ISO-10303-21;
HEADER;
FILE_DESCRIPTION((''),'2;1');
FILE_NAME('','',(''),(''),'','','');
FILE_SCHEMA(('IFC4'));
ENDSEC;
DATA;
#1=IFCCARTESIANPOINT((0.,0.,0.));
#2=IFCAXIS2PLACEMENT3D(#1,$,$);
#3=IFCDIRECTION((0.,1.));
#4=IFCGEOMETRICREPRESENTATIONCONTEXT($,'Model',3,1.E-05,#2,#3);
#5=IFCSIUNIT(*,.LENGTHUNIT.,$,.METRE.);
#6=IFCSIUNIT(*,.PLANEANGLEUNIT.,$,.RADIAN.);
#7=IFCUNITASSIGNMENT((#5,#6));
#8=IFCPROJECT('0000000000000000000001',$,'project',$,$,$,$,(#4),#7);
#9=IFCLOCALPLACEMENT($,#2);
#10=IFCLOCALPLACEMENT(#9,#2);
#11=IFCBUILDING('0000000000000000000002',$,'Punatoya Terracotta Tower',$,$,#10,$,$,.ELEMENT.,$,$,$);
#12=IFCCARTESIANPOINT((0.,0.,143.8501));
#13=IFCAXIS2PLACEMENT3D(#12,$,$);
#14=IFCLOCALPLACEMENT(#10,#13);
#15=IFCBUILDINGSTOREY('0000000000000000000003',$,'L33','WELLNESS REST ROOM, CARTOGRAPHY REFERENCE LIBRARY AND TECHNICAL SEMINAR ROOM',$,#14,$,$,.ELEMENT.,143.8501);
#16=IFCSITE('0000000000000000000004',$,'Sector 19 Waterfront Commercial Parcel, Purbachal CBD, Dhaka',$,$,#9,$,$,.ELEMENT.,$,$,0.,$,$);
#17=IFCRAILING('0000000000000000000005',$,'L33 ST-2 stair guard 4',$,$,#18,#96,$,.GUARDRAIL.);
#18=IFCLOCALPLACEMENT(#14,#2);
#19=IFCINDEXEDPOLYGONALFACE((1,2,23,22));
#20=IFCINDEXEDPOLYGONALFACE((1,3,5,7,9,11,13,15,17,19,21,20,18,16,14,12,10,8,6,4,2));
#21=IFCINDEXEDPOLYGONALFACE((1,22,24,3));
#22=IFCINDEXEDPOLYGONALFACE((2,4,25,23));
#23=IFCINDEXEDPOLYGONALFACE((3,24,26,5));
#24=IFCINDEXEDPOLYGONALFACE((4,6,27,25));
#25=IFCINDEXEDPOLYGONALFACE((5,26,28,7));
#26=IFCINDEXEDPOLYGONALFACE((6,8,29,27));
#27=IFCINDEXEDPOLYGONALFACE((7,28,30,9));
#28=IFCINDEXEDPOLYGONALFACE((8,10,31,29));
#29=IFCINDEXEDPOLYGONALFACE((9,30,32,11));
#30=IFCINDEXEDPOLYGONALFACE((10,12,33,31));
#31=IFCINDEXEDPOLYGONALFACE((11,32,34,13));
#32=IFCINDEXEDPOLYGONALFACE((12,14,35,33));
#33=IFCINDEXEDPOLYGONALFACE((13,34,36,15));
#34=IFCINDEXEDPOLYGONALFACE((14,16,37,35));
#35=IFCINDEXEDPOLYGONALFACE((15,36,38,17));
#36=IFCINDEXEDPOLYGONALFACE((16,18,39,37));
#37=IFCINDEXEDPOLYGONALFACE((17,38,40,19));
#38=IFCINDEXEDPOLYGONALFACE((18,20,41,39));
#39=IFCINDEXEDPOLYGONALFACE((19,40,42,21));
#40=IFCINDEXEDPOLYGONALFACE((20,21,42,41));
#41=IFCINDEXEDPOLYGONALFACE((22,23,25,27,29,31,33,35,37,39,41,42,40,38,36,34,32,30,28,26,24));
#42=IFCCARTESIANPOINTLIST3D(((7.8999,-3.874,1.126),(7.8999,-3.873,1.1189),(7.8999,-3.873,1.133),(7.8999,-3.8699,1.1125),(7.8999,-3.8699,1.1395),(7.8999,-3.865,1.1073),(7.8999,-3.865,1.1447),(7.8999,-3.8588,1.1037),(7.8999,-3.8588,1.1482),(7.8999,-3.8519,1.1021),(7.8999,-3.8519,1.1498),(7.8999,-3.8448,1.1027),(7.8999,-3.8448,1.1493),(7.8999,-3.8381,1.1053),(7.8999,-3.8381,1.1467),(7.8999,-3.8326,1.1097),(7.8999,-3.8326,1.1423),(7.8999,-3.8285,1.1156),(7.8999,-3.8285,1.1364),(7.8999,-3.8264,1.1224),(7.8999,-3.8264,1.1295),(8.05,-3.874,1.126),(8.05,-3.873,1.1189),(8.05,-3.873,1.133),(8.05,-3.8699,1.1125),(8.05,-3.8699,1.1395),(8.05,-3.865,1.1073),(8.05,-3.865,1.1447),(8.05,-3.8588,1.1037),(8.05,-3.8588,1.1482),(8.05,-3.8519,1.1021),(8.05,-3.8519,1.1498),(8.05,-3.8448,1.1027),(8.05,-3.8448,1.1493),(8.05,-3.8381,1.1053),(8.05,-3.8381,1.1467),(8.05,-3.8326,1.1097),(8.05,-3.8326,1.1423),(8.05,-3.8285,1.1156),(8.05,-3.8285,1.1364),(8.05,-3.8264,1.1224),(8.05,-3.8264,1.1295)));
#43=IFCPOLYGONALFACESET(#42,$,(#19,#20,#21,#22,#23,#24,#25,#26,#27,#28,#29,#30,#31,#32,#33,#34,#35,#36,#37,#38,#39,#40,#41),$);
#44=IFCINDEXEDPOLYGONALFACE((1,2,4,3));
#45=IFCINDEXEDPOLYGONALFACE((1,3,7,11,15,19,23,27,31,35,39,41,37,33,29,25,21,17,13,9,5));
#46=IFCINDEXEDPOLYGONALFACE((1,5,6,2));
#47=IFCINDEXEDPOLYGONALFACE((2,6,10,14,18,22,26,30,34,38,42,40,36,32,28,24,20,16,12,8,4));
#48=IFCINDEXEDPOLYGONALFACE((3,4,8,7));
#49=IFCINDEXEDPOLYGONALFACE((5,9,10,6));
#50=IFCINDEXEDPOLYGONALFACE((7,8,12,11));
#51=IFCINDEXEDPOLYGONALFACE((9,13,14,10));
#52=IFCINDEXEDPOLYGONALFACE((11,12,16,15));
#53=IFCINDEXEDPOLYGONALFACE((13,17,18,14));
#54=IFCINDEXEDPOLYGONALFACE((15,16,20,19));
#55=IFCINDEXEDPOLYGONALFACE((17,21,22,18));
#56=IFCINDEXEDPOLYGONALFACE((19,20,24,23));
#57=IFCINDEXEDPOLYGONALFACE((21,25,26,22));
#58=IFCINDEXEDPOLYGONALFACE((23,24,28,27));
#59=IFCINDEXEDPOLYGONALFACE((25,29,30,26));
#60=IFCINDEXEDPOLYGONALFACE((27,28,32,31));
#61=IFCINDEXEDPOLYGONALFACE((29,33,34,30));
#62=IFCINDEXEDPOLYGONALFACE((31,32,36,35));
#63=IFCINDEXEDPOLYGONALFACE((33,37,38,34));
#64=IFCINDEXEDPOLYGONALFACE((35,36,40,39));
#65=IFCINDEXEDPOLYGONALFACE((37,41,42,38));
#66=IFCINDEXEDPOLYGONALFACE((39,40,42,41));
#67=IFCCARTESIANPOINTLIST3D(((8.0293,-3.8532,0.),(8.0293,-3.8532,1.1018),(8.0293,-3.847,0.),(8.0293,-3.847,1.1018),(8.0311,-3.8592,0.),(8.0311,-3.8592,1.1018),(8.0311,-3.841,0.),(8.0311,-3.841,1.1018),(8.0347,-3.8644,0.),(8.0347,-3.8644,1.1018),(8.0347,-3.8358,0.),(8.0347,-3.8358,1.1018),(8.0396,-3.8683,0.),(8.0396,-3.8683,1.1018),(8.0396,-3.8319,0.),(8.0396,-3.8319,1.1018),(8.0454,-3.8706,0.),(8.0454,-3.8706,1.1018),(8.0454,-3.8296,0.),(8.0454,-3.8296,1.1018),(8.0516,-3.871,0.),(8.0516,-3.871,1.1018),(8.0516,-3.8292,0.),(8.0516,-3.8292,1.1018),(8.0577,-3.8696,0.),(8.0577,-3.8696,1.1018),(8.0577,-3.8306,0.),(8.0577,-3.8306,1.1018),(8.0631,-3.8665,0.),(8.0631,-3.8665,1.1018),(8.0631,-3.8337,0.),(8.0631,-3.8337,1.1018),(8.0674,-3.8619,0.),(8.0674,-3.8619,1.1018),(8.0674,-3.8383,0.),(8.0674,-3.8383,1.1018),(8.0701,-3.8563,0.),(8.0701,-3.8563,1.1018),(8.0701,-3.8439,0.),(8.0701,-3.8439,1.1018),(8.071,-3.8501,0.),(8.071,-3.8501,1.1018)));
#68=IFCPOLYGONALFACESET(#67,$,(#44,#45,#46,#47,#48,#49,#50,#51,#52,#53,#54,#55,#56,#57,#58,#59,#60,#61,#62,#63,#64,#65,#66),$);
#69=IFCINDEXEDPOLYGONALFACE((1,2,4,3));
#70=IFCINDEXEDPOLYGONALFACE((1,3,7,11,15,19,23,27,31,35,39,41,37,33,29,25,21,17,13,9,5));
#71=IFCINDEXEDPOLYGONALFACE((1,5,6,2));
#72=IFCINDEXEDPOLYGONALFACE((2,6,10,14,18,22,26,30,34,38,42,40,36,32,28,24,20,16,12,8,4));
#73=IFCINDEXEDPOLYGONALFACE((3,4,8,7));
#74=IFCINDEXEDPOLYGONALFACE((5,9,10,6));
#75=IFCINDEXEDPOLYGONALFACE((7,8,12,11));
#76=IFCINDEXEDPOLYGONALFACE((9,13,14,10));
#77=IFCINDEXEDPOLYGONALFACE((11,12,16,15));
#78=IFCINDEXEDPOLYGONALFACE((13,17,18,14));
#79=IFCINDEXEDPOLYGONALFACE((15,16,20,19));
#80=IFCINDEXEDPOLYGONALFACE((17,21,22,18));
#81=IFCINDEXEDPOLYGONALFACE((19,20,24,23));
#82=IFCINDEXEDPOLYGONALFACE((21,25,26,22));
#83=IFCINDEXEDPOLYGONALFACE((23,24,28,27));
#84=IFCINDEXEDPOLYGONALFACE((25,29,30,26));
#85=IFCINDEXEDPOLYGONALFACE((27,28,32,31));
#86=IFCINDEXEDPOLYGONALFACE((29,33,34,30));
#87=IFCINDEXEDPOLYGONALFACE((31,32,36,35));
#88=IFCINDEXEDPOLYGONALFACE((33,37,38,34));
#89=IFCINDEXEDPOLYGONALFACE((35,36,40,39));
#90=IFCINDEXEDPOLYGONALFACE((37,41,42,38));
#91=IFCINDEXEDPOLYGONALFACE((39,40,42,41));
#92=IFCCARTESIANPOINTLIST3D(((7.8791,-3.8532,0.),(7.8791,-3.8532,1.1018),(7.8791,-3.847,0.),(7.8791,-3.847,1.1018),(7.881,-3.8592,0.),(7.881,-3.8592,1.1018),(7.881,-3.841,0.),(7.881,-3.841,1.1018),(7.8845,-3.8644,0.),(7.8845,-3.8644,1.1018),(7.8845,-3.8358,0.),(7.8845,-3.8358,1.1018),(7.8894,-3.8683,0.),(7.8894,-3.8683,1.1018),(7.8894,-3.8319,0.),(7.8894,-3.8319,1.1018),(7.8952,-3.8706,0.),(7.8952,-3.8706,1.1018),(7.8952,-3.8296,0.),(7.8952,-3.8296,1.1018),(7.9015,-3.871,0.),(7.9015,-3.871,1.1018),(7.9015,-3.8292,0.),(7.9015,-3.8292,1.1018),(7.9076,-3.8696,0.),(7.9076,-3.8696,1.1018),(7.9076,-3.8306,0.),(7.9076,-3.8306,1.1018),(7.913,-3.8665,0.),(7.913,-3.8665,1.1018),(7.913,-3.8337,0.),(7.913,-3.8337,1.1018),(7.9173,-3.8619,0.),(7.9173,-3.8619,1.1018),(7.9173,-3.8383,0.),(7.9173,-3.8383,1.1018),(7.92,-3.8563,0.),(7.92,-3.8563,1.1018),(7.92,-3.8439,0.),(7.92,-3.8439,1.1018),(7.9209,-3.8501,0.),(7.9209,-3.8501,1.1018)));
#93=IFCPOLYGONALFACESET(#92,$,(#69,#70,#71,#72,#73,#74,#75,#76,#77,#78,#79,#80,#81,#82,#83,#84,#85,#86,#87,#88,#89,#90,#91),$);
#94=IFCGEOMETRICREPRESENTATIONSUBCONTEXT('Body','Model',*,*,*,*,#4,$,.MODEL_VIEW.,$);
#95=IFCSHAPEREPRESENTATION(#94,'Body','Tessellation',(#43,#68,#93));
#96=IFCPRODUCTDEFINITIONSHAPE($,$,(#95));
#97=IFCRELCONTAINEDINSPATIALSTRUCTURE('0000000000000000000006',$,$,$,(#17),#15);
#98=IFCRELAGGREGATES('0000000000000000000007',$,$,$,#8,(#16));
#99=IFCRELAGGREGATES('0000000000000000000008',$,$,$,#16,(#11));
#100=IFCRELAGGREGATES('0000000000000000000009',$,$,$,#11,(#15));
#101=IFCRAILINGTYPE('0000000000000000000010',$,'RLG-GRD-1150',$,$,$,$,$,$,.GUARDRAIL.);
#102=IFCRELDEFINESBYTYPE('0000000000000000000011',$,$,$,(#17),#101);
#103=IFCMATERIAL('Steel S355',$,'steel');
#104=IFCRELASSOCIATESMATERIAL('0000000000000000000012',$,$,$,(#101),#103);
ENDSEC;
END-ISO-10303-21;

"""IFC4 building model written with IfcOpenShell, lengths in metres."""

from ifc_helpers import new_model, si_unit, direction, frame, origin, origin_2d, place, context, subcontext, project, spatial, circle, extrude, material, type_object, element, save


model = new_model("IFC4")

# Units and contexts
model_context = context("Model", 3, precision=1e-05, world=origin(), true_north=direction((0.0, 1.0)))
body_context = subcontext(model_context, "Body", "Model", "MODEL_VIEW")
ifc_project = project(units=[si_unit("LENGTHUNIT", "METRE"), si_unit("PLANEANGLEUNIT", "RADIAN")], contexts=[model_context])

# Site, building, storey
site_placement = place(None, origin())
site = spatial("IfcSite", under=ifc_project, at=site_placement, Name="Sector 19 Waterfront Commercial Parcel, Purbachal CBD, Dhaka", CompositionType="ELEMENT", RefElevation=0.0)
building_placement = place(site_placement, origin())
building = spatial("IfcBuilding", under=site, at=building_placement, Name="Punatoya Terracotta Tower", CompositionType="ELEMENT")
storey_placement = place(building_placement, frame((0.0, 0.0, 143.8501)))
storey = spatial("IfcBuildingStorey", under=building, at=storey_placement, Name="L33", Description="WELLNESS REST ROOM, CARTOGRAPHY REFERENCE LIBRARY AND TECHNICAL SEMINAR ROOM", CompositionType="ELEMENT", Elevation=143.8501)

# Shared definitions
ifc_material_1 = material(Name="Steel S355", Category="steel")

# Railing
railing_type_1 = type_object("IfcRailingType", Name="RLG-GRD-1150", PredefinedType="GUARDRAIL", material=ifc_material_1)
railing_1_placement = place(storey_placement, frame((8.05, -3.8501, 0.0)))
element("IfcRailing", 1, at=railing_1_placement, inside=storey, type_object=railing_type_1, Name="L33 ST-2 stair guard 4", PredefinedType="GUARDRAIL", context=body_context, shape_type="SweptSolid", body=[
    extrude(circle(Radius=0.0239, at=origin_2d()), frame((0.0, 0.0, 1.126), z_axis=(-1.0, 0.0, 0.0), x_axis=(0.0, -1.0, 0.0)), (0.0, 0.0, 1.0), 0.1501),
    extrude(circle(Radius=0.021, at=origin_2d()), origin(), (0.0, 0.0, 1.0), 1.1018),
    extrude(circle(Radius=0.021, at=origin_2d()), frame((-0.1501, 0.0, 0.0)), (0.0, 0.0, 1.0), 1.1018),
])

save(model, "model.ifc")
